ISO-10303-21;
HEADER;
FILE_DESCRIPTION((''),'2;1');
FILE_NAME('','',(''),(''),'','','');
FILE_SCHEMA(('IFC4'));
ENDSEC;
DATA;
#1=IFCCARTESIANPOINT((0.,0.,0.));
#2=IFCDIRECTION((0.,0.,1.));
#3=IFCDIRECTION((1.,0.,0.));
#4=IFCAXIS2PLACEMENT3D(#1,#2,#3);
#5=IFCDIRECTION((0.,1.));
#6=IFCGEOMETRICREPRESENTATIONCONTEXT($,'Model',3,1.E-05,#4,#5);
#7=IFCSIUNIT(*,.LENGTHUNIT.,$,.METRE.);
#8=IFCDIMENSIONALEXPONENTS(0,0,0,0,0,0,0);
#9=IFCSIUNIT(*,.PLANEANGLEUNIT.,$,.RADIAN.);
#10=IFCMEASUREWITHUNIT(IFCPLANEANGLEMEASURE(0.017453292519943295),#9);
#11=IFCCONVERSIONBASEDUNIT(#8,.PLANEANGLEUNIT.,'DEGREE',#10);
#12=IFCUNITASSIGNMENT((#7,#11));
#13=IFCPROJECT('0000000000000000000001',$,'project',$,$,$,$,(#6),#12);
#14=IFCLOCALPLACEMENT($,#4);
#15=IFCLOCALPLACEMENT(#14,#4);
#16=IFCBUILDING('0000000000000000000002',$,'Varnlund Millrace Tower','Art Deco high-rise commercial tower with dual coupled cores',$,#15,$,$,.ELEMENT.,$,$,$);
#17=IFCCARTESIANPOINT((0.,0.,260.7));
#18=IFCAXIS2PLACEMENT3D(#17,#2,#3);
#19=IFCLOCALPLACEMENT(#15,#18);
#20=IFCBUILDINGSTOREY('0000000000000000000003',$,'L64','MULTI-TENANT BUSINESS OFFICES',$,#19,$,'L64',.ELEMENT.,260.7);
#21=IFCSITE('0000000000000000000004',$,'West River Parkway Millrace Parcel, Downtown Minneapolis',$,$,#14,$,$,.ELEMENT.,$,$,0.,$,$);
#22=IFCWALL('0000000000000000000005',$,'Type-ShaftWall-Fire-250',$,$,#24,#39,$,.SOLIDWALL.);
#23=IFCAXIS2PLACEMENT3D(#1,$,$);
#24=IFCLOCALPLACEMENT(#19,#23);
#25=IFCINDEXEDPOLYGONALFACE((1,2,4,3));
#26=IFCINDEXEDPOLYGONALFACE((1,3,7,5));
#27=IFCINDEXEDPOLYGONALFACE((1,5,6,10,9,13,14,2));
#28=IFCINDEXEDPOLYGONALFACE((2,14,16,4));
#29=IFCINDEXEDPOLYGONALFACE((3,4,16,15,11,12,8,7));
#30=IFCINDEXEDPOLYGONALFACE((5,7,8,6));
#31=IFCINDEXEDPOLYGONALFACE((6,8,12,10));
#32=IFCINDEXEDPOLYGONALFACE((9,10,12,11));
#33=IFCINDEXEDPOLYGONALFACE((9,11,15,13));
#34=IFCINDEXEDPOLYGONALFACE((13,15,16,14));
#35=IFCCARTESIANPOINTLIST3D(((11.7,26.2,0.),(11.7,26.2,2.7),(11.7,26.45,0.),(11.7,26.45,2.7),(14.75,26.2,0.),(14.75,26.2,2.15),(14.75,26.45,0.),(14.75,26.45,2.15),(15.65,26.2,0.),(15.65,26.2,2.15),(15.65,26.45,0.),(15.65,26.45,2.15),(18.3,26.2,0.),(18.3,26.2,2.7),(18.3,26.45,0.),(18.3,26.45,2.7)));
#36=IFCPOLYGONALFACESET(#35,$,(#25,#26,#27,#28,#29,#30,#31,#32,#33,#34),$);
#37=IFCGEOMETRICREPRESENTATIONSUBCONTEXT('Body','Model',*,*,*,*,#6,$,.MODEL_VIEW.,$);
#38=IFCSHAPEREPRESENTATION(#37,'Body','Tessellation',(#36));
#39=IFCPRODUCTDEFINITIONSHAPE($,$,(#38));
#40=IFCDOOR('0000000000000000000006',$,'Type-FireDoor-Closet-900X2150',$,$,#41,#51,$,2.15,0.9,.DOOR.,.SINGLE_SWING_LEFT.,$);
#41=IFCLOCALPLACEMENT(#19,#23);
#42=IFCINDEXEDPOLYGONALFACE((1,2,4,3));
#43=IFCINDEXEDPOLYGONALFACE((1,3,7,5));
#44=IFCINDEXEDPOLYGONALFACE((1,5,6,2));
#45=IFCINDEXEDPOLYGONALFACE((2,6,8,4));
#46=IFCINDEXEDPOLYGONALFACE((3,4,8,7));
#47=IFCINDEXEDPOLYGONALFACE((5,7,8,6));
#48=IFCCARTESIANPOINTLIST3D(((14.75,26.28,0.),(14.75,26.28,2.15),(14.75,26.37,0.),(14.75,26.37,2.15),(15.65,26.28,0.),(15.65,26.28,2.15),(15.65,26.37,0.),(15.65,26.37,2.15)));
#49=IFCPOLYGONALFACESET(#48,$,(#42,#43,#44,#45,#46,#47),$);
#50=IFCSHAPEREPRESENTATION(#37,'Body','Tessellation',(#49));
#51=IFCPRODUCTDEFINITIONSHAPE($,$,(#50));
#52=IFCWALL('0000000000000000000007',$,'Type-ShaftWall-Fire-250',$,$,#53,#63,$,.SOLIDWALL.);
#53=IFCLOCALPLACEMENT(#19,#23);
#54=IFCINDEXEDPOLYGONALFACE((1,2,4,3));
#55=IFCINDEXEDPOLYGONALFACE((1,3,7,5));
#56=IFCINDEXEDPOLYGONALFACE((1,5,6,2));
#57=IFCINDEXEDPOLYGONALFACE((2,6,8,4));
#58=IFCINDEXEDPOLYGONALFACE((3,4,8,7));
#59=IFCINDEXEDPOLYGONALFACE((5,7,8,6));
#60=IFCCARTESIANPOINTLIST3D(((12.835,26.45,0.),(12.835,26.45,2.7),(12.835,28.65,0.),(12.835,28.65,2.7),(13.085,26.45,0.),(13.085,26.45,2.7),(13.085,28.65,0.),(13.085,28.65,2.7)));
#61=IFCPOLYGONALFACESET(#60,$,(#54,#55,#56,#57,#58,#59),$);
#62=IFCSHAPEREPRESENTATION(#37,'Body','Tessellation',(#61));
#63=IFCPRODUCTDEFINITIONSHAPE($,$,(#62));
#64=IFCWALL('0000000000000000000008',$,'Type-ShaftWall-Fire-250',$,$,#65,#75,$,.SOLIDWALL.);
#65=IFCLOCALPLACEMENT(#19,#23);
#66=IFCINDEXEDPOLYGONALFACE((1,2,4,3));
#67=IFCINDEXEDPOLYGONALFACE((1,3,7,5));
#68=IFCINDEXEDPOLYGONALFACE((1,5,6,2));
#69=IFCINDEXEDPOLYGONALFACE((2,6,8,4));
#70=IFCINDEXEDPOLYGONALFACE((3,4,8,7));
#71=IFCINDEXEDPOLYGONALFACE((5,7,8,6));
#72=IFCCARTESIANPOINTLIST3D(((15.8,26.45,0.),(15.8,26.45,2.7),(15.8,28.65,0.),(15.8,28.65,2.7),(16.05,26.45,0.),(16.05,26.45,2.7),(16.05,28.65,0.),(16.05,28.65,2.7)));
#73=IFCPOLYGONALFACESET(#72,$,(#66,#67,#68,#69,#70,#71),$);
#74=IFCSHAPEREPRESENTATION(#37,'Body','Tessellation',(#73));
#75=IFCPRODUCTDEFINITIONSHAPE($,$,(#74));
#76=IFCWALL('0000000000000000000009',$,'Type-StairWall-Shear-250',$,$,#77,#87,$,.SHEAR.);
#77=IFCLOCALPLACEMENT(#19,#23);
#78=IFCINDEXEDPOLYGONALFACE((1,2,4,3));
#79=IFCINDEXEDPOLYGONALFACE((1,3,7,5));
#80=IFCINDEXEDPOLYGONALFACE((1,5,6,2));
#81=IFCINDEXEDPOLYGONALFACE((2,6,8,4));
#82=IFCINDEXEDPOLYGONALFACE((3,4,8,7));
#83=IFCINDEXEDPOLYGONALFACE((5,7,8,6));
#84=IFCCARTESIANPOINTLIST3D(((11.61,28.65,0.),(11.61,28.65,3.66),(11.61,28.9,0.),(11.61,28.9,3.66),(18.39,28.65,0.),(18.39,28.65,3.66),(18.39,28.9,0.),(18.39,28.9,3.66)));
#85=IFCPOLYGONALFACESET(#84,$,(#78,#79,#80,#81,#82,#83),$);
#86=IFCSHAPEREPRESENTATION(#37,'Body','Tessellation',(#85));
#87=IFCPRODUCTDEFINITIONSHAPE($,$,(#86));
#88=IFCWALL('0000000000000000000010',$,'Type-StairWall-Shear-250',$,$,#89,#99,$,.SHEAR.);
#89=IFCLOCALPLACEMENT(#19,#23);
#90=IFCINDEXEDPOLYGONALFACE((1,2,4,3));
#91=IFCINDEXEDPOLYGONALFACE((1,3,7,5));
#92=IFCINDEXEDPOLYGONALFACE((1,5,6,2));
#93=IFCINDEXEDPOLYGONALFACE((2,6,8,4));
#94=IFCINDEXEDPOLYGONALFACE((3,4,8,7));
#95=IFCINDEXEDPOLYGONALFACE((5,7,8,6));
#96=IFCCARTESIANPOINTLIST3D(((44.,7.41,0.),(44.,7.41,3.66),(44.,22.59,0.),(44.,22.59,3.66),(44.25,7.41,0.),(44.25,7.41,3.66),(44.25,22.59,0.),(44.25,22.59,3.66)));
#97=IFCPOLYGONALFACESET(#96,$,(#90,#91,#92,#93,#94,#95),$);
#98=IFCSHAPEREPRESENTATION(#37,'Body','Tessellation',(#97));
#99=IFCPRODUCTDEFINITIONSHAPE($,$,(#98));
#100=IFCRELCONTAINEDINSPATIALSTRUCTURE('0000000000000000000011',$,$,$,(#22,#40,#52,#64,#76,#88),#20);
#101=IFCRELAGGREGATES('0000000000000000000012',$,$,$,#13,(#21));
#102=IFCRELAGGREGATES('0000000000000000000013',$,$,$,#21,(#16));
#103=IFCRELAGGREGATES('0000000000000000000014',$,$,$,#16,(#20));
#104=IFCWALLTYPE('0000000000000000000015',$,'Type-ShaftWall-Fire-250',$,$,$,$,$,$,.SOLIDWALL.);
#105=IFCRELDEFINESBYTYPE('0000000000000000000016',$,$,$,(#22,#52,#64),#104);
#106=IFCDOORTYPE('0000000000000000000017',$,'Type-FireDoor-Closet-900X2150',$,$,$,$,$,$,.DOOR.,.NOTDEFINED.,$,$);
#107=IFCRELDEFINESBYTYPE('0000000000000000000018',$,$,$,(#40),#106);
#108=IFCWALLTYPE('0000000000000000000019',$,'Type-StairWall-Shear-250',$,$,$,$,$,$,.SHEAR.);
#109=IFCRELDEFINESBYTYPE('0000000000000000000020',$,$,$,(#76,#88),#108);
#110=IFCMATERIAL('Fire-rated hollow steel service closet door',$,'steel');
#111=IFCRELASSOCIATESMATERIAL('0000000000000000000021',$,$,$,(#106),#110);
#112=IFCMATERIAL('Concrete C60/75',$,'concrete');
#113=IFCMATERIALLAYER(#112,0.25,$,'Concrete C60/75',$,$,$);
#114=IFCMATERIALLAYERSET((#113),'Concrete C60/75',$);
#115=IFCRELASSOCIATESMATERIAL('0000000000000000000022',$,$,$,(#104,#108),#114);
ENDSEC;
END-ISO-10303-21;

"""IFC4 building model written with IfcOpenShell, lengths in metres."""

from ifc_helpers import new_model, entity, si_unit, converted_unit, direction, frame, origin_with_axes, origin_2d_with_axis, place, context, subcontext, project, spatial, polyline, rectangle, outline, extrude, material, layer, layer_set, type_object, element, fill, save


model = new_model("IFC4")

# Units and contexts
model_context = context("Model", 3, precision=1e-05, world=origin_with_axes(), true_north=direction((0.0, 1.0)))
body_context = subcontext(model_context, "Body", "Model", "MODEL_VIEW")
ifc_project = project(units=[si_unit("LENGTHUNIT", "METRE"), converted_unit("PLANEANGLEUNIT", "DEGREE", entity("IfcPlaneAngleMeasure", 0.017453292519943295), si_unit("PLANEANGLEUNIT", "RADIAN"), dimensions=[0, 0, 0, 0, 0, 0, 0])], contexts=[model_context])

# Site, building, storey
site_placement = place(None, origin_with_axes())
site = spatial("IfcSite", under=ifc_project, at=site_placement, Name="West River Parkway Millrace Parcel, Downtown Minneapolis", CompositionType="ELEMENT", RefElevation=0.0)
building_placement = place(site_placement, origin_with_axes())
building = spatial("IfcBuilding", under=site, at=building_placement, Name="Varnlund Millrace Tower", Description="Art Deco high-rise commercial tower with dual coupled cores", CompositionType="ELEMENT")
storey_placement = place(building_placement, frame((0.0, 0.0, 260.7), z_axis=(0.0, 0.0, 1.0), x_axis=(1.0, 0.0, 0.0)))
storey = spatial("IfcBuildingStorey", under=building, at=storey_placement, Name="L64", Description="MULTI-TENANT BUSINESS OFFICES", LongName="L64", CompositionType="ELEMENT", Elevation=260.7)

# Shared definitions
ifc_material_1 = material(Name="Concrete C60/75", Category="concrete")
ifc_material_2 = material(Name="Fire-rated hollow steel service closet door", Category="steel")
door_type_1 = type_object("IfcDoorType", Name="Type-FireDoor-Closet-900X2150", OperationType="NOTDEFINED", PredefinedType="DOOR", material=ifc_material_2)

# Shared definitions
ifc_layer_1 = layer(ifc_material_1, 0.25, Name="Concrete C60/75")
ifc_layer_set_1 = layer_set([ifc_layer_1], Name="Concrete C60/75")
wall_type_1 = type_object("IfcWallType", Name="Type-ShaftWall-Fire-250", PredefinedType="SOLIDWALL", material=ifc_layer_set_1)

# Wall, opening, door
wall_1_placement = place(storey_placement, frame((11.7, 26.325, 0.0), z_axis=(0.0, 0.0, 1.0), x_axis=(1.0, 0.0, 0.0)))
wall_1 = element("IfcWall", 1, at=wall_1_placement, inside=storey, type_object=wall_type_1, Name="Type-ShaftWall-Fire-250", PredefinedType="SOLIDWALL", context=body_context, shape_type="SweptSolid", body=[
    extrude(outline(polyline([(0.0, -0.125), (6.6, -0.125), (6.6, 0.125), (0.0, 0.125), (0.0, -0.125)])), origin_with_axes(), (0.0, 0.0, 1.0), 2.7),
])
opening_1_placement = place(wall_1_placement, frame((3.5, 0.0, 0.0), z_axis=(0.0, 0.0, 1.0), x_axis=(1.0, 0.0, 0.0)))
opening_1 = element("IfcOpeningElement", 2, at=opening_1_placement, cuts=wall_1, PredefinedType="OPENING", context=body_context, shape_type="SweptSolid", body=[
    extrude(rectangle(XDim=0.9, YDim=0.27, at=origin_2d_with_axis()), origin_with_axes(), (0.0, 0.0, 1.0), 2.15),
])
door_1_placement = place(wall_1_placement, frame((3.5, 0.0, 0.0), z_axis=(0.0, 0.0, 1.0), x_axis=(1.0, 0.0, 0.0)))
door_1 = element("IfcDoor", 3, at=door_1_placement, inside=storey, type_object=door_type_1, Name="Type-FireDoor-Closet-900X2150", OperationType="SINGLE_SWING_LEFT", OverallHeight=2.15, OverallWidth=0.9, PredefinedType="DOOR", context=body_context, shape_type="SweptSolid", body=[
    extrude(rectangle(XDim=0.9, YDim=0.09, at=origin_2d_with_axis()), origin_with_axes(), (0.0, 0.0, 1.0), 2.15),
])
fill(opening_1, door_1)

# Walls
for number, where, z_axis, x_axis, name in (
    (4, (12.96, 26.45, 0.0), (0.0, 0.0, 1.0), (0.0, 1.0, 0.0), "Type-ShaftWall-Fire-250"),
    (5, (15.925, 26.45, 0.0), (0.0, 0.0, 1.0), (0.0, 1.0, 0.0), "Type-ShaftWall-Fire-250"),
):
    element("IfcWall", number, at=place(storey_placement, frame(where, z_axis=z_axis, x_axis=x_axis)), inside=storey, type_object=wall_type_1, Name=name, PredefinedType="SOLIDWALL", context=body_context, shape_type="SweptSolid", body=[
        extrude(outline(polyline([(0.0, -0.125), (2.2, -0.125), (2.2, 0.125), (0.0, 0.125), (0.0, -0.125)])), origin_with_axes(), (0.0, 0.0, 1.0), 2.7),
    ])
wall_type_2 = type_object("IfcWallType", Name="Type-StairWall-Shear-250", PredefinedType="SHEAR", material=ifc_layer_set_1)
wall_2_placement = place(storey_placement, frame((11.61, 28.775, 0.0), z_axis=(0.0, 0.0, 1.0), x_axis=(1.0, 0.0, 0.0)))
element("IfcWall", 6, at=wall_2_placement, inside=storey, type_object=wall_type_2, Name="Type-StairWall-Shear-250", PredefinedType="SHEAR", context=body_context, shape_type="SweptSolid", body=[
    extrude(outline(polyline([(0.0, -0.125), (6.78, -0.125), (6.78, 0.125), (0.0, 0.125), (0.0, -0.125)])), origin_with_axes(), (0.0, 0.0, 1.0), 3.66),
])
wall_3_placement = place(storey_placement, frame((44.125, 7.41, 0.0), z_axis=(0.0, 0.0, 1.0), x_axis=(0.0, 1.0, 0.0)))
element("IfcWall", 7, at=wall_3_placement, inside=storey, type_object=wall_type_2, Name="Type-StairWall-Shear-250", PredefinedType="SHEAR", context=body_context, shape_type="SweptSolid", body=[
    extrude(outline(polyline([(0.0, -0.125), (15.18, -0.125), (15.18, 0.125), (0.0, 0.125), (0.0, -0.125)])), origin_with_axes(), (0.0, 0.0, 1.0), 3.66),
])

save(model, "model.ifc")
